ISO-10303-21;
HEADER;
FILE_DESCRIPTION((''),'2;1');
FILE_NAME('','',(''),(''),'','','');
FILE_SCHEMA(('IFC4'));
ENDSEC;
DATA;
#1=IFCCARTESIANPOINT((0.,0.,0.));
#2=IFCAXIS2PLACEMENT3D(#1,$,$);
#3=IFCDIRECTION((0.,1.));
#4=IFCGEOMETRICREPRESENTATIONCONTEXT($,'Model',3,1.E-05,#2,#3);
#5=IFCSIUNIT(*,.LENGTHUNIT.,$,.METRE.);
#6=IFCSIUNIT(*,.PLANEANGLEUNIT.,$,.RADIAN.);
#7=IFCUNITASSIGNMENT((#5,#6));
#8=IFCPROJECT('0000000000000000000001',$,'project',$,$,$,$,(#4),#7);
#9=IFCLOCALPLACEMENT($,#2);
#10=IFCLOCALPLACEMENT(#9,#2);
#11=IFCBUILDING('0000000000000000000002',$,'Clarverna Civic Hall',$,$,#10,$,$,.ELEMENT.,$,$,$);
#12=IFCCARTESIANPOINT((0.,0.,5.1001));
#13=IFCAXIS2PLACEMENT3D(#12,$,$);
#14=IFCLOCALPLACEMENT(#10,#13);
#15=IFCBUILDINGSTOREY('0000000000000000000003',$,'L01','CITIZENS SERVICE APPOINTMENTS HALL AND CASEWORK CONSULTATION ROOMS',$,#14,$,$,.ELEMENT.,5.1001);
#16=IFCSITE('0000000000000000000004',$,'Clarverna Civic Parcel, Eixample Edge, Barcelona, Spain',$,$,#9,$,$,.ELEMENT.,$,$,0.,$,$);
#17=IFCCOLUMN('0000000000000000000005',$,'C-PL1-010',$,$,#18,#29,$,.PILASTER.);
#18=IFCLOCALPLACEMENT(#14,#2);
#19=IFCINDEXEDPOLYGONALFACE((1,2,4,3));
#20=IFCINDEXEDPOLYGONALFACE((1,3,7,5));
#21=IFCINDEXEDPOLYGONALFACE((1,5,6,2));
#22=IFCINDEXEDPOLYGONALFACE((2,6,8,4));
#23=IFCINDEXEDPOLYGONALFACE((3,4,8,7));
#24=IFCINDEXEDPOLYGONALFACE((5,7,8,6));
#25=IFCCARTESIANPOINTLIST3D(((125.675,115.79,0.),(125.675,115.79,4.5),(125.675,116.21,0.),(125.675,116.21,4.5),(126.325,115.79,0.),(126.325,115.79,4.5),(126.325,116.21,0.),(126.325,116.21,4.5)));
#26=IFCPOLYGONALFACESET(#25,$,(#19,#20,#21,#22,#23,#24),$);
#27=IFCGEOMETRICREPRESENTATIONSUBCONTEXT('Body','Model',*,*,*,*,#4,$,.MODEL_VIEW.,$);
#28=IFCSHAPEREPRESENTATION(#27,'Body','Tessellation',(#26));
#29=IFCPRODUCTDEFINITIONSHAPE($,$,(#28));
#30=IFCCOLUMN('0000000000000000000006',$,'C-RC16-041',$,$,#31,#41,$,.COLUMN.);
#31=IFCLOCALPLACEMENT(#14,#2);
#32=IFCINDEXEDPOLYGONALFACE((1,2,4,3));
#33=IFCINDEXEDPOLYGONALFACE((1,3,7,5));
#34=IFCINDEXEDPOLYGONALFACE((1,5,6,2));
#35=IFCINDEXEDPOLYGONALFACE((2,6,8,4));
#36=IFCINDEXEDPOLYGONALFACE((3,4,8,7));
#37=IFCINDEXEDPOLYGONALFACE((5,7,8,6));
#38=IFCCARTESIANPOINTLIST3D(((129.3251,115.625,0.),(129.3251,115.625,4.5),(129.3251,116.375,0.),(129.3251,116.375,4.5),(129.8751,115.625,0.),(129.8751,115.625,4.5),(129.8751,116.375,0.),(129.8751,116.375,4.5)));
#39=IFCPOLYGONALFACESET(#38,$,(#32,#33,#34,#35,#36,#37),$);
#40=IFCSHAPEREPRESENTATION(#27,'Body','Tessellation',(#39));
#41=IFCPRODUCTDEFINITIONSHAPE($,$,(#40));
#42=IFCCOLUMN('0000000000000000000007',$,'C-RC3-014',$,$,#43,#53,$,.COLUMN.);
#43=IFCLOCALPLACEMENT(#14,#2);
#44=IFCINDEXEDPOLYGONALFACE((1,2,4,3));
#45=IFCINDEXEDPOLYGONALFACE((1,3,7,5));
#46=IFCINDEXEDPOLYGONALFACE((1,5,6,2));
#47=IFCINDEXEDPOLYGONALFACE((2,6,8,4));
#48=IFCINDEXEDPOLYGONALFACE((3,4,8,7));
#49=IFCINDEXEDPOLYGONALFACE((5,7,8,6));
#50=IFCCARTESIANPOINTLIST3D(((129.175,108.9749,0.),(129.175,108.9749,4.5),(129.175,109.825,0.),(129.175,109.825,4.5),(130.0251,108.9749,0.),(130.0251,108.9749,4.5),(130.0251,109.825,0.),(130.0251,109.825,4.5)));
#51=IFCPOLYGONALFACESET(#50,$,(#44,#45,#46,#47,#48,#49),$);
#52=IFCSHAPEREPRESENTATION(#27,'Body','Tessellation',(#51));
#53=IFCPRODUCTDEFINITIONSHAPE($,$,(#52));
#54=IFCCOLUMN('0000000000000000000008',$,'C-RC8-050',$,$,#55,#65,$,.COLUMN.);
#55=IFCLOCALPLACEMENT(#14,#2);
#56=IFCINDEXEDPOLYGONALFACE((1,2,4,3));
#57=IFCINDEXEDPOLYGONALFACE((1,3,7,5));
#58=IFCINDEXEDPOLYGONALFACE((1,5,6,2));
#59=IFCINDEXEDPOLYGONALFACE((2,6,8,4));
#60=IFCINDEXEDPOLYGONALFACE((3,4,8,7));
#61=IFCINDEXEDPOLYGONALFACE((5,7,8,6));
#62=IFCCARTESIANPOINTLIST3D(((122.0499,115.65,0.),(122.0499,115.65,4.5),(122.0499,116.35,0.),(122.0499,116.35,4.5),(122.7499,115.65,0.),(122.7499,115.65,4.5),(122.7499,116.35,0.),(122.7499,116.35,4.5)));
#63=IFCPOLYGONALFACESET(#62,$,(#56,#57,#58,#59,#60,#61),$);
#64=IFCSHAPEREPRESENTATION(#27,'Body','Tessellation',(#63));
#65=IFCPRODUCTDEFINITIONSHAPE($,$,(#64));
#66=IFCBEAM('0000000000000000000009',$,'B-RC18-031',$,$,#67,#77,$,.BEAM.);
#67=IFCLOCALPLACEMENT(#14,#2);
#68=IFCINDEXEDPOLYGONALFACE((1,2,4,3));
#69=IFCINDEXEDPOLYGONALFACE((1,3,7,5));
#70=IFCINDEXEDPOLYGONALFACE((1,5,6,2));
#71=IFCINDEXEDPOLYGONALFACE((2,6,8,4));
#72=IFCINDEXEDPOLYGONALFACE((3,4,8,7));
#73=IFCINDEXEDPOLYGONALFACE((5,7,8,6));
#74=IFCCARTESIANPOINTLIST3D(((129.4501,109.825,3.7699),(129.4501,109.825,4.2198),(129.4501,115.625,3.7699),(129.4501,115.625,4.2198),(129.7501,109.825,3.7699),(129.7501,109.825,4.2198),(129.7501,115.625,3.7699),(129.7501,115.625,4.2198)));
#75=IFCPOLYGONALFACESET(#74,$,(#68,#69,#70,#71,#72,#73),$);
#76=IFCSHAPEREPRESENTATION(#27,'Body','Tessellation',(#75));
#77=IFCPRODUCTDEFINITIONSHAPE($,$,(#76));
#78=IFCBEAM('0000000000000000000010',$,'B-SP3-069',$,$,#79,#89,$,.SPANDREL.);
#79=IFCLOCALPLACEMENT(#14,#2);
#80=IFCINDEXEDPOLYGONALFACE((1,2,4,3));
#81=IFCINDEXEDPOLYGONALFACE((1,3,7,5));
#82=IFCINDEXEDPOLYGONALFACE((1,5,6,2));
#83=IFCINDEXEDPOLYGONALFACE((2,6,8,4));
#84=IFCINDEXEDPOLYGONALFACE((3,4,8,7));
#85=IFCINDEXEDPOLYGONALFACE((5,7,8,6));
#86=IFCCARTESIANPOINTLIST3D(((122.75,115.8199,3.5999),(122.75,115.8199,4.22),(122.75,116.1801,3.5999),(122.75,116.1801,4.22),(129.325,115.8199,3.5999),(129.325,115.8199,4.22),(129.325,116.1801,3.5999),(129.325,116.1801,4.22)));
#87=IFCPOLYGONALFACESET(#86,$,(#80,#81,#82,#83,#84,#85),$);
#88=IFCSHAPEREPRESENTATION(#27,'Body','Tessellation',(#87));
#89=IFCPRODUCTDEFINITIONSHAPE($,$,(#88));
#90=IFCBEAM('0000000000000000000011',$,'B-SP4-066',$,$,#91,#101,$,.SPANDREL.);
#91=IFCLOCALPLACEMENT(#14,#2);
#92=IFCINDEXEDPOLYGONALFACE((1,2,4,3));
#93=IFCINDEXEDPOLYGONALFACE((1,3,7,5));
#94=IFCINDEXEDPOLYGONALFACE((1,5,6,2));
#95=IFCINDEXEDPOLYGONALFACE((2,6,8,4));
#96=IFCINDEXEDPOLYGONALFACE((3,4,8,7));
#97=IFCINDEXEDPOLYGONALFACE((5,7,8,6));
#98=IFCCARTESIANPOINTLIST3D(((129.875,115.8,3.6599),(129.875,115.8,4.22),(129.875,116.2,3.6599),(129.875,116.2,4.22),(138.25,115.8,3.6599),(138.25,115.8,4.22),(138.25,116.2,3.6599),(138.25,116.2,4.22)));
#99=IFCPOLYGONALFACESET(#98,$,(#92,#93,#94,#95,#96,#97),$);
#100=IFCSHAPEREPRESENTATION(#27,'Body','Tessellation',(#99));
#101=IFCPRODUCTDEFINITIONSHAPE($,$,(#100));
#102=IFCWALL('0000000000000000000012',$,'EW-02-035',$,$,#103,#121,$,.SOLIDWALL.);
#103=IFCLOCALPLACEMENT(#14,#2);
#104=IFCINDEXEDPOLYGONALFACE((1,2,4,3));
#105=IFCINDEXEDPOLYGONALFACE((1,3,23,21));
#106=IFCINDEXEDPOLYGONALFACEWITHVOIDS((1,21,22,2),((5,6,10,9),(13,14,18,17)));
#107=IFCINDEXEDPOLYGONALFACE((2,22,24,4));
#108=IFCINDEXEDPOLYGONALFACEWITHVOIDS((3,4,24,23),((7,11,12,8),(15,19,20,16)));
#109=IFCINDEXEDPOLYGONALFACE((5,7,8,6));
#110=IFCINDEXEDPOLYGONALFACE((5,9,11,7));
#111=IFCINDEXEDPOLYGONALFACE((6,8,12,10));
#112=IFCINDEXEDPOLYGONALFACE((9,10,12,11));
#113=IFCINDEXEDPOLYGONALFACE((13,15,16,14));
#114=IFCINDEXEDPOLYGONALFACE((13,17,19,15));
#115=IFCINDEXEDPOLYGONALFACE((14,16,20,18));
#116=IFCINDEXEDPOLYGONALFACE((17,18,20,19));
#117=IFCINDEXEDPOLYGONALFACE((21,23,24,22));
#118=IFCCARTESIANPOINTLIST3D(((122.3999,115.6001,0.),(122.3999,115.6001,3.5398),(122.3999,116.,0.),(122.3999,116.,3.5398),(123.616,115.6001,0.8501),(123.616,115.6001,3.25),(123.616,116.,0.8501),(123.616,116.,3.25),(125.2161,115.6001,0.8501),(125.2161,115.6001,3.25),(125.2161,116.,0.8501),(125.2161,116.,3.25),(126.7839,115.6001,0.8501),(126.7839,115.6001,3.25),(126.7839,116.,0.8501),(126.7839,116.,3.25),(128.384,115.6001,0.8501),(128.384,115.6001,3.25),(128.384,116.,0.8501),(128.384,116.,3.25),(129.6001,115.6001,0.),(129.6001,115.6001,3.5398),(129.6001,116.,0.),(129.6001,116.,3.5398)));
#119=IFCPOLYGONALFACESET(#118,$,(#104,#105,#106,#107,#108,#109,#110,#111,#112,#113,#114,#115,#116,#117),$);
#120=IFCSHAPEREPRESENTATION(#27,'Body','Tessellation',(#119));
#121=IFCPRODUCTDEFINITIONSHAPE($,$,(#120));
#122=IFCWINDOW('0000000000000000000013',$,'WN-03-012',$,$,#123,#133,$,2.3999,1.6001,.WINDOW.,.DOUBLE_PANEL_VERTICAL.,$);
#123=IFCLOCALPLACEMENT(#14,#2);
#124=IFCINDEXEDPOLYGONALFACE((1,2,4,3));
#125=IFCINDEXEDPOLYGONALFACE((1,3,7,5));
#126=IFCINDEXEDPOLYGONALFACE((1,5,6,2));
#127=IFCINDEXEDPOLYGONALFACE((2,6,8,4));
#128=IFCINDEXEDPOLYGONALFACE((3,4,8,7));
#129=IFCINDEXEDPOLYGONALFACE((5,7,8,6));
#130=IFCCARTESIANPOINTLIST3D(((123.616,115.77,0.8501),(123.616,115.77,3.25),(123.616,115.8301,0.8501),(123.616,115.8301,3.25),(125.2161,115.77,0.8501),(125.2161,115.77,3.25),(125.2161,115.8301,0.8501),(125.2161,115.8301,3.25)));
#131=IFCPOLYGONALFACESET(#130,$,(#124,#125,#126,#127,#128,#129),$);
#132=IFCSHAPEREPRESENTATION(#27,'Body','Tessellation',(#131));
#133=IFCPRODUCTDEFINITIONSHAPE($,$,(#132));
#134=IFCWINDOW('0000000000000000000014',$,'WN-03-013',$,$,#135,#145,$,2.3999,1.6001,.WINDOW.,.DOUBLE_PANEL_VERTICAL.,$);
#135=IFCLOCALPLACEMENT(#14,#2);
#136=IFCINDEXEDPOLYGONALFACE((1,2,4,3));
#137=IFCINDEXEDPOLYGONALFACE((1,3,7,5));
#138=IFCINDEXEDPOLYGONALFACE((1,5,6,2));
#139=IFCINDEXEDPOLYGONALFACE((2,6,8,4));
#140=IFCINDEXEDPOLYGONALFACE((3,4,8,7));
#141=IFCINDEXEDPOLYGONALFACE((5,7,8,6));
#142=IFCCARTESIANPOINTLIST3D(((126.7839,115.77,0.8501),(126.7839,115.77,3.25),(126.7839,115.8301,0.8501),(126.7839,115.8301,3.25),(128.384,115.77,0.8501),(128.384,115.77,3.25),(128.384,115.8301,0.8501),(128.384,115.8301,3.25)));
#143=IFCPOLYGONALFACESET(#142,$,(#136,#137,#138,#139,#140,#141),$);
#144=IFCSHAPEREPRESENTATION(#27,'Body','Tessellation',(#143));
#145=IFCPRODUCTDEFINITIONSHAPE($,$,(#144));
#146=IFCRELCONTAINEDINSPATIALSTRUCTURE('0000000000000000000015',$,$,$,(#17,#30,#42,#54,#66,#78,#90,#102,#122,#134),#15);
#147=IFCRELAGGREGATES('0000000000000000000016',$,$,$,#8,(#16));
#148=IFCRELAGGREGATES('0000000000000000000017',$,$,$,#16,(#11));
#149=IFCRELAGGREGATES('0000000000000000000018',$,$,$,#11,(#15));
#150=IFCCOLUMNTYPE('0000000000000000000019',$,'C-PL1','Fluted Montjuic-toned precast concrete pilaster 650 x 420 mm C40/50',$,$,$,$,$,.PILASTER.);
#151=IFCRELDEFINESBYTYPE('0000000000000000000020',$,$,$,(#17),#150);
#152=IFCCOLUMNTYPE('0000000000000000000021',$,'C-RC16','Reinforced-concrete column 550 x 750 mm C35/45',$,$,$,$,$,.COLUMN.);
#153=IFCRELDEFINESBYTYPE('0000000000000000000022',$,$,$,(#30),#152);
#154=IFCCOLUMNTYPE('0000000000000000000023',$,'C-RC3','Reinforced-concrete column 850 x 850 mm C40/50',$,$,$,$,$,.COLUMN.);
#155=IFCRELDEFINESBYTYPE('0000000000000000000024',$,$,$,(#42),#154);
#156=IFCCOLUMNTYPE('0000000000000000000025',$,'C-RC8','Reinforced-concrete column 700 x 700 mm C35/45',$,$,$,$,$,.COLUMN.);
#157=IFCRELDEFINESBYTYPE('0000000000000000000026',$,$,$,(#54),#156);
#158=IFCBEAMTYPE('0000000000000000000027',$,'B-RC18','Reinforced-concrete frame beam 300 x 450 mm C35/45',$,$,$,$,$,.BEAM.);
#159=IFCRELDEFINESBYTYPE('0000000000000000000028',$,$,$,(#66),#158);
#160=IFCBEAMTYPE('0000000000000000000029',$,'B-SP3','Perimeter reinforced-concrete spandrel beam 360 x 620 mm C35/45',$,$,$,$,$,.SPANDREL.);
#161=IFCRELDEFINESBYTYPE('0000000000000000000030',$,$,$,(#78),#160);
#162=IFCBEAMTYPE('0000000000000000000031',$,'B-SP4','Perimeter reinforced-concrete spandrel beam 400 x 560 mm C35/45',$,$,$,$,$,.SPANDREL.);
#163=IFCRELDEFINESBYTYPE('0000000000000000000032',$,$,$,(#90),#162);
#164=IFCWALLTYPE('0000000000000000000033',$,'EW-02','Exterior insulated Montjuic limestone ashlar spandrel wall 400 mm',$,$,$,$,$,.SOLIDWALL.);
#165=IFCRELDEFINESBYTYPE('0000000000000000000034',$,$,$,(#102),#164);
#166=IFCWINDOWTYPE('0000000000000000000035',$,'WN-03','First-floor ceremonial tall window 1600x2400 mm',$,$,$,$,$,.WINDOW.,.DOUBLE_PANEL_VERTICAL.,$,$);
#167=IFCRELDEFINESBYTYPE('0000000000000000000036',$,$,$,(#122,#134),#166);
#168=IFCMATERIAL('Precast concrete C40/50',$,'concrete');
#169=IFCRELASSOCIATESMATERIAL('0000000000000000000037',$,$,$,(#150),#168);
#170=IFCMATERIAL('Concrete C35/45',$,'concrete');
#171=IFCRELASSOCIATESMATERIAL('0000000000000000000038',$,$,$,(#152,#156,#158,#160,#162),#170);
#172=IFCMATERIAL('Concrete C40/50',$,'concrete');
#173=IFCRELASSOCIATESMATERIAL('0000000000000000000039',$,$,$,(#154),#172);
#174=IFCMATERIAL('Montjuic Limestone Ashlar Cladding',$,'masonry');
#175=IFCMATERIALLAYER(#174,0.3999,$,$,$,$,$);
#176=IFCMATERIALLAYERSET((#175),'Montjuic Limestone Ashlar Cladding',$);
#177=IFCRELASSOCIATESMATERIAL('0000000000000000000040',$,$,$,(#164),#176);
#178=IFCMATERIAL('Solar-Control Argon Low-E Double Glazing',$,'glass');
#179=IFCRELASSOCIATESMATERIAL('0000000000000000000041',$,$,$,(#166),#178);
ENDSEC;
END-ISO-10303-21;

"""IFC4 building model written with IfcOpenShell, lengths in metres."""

from ifc_helpers import new_model, si_unit, direction, frame, frame_2d, origin, origin_2d, place, context, subcontext, project, spatial, rectangle, extrude, material, layer, layer_set, material_profile, profile_set, type_object, element, fill, save


model = new_model("IFC4")

# Units and contexts
model_context = context("Model", 3, precision=1e-05, world=origin(), true_north=direction((0.0, 1.0)))
body_context = subcontext(model_context, "Body", "Model", "MODEL_VIEW")
ifc_project = project(units=[si_unit("LENGTHUNIT", "METRE"), si_unit("PLANEANGLEUNIT", "RADIAN")], contexts=[model_context])

# Site, building, storey
site_placement = place(None, origin())
site = spatial("IfcSite", under=ifc_project, at=site_placement, Name="Clarverna Civic Parcel, Eixample Edge, Barcelona, Spain", CompositionType="ELEMENT", RefElevation=0.0)
building_placement = place(site_placement, origin())
building = spatial("IfcBuilding", under=site, at=building_placement, Name="Clarverna Civic Hall", CompositionType="ELEMENT")
storey_placement = place(building_placement, frame((0.0, 0.0, 5.1001)))
storey = spatial("IfcBuildingStorey", under=building, at=storey_placement, Name="L01", Description="CITIZENS SERVICE APPOINTMENTS HALL AND CASEWORK CONSULTATION ROOMS", CompositionType="ELEMENT", Elevation=5.1001)

# Columns
ifc_material_1 = material(Name="Precast concrete C40/50", Category="concrete")
ifc_material_profile_1 = material_profile(ifc_material_1, rectangle(XDim=0.6499, YDim=0.4199, at=origin_2d()), Name="PILASTER 650x420")
ifc_profile_set_1 = profile_set([ifc_material_profile_1], Name="Precast concrete C40/50")
column_type_1 = type_object("IfcColumnType", Name="C-PL1", Description="Fluted Montjuic-toned precast concrete pilaster 650 x 420 mm C40/50", PredefinedType="PILASTER", material=ifc_profile_set_1)
column_1_placement = place(storey_placement, frame((126.0, 116.0, 0.0), z_axis=(0.0, 0.0, 1.0), x_axis=(1.0, 0.0, 0.0)))
element("IfcColumn", 1, at=column_1_placement, inside=storey, type_object=column_type_1, Name="C-PL1-010", PredefinedType="PILASTER", context=body_context, shape_type="SweptSolid", body=[
    extrude(rectangle(XDim=0.6499, YDim=0.4199, at=origin_2d()), origin(), (0.0, 0.0, 1.0), 4.5),
])
ifc_material_2 = material(Name="Concrete C35/45", Category="concrete")
ifc_material_profile_2 = material_profile(ifc_material_2, rectangle(XDim=0.55, YDim=0.75, at=origin_2d()), Name="RC 550x750")
ifc_profile_set_2 = profile_set([ifc_material_profile_2], Name="Concrete C35/45")
column_type_2 = type_object("IfcColumnType", Name="C-RC16", Description="Reinforced-concrete column 550 x 750 mm C35/45", PredefinedType="COLUMN", material=ifc_profile_set_2)
column_2_placement = place(storey_placement, frame((129.6001, 116.0, 0.0), z_axis=(0.0, 0.0, 1.0), x_axis=(1.0, 0.0, 0.0)))
element("IfcColumn", 2, at=column_2_placement, inside=storey, type_object=column_type_2, Name="C-RC16-041", PredefinedType="COLUMN", context=body_context, shape_type="SweptSolid", body=[
    extrude(rectangle(XDim=0.55, YDim=0.75, at=origin_2d()), origin(), (0.0, 0.0, 1.0), 4.5),
])
ifc_material_3 = material(Name="Concrete C40/50", Category="concrete")
ifc_material_profile_3 = material_profile(ifc_material_3, rectangle(XDim=0.8501, YDim=0.8501, at=origin_2d()), Name="RC 850x850")
ifc_profile_set_3 = profile_set([ifc_material_profile_3], Name="Concrete C40/50")
column_type_3 = type_object("IfcColumnType", Name="C-RC3", Description="Reinforced-concrete column 850 x 850 mm C40/50", PredefinedType="COLUMN", material=ifc_profile_set_3)
column_3_placement = place(storey_placement, frame((129.6001, 109.3999, 0.0), z_axis=(0.0, 0.0, 1.0), x_axis=(1.0, 0.0, 0.0)))
element("IfcColumn", 3, at=column_3_placement, inside=storey, type_object=column_type_3, Name="C-RC3-014", PredefinedType="COLUMN", context=body_context, shape_type="SweptSolid", body=[
    extrude(rectangle(XDim=0.8501, YDim=0.8501, at=origin_2d()), origin(), (0.0, 0.0, 1.0), 4.5),
])
ifc_material_profile_4 = material_profile(ifc_material_2, rectangle(XDim=0.7, YDim=0.7, at=origin_2d()), Name="RC 700x700")
ifc_profile_set_4 = profile_set([ifc_material_profile_4], Name="Concrete C35/45")
column_type_4 = type_object("IfcColumnType", Name="C-RC8", Description="Reinforced-concrete column 700 x 700 mm C35/45", PredefinedType="COLUMN", material=ifc_profile_set_4)
column_4_placement = place(storey_placement, frame((122.3999, 116.0, 0.0), z_axis=(0.0, 0.0, 1.0), x_axis=(1.0, 0.0, 0.0)))
element("IfcColumn", 4, at=column_4_placement, inside=storey, type_object=column_type_4, Name="C-RC8-050", PredefinedType="COLUMN", context=body_context, shape_type="SweptSolid", body=[
    extrude(rectangle(XDim=0.7, YDim=0.7, at=origin_2d()), origin(), (0.0, 0.0, 1.0), 4.5),
])

# Beams
ifc_material_profile_5 = material_profile(ifc_material_2, rectangle(XDim=0.3, YDim=0.45, at=origin_2d()), Name="RC 300x450")
ifc_profile_set_5 = profile_set([ifc_material_profile_5], Name="Concrete C35/45")
beam_type_1 = type_object("IfcBeamType", Name="B-RC18", Description="Reinforced-concrete frame beam 300 x 450 mm C35/45", PredefinedType="BEAM", material=ifc_profile_set_5)
beam_1_placement = place(storey_placement, frame((129.6001, 109.825, 3.9949), z_axis=(0.0, 1.0, 0.0), x_axis=(-1.0, 0.0, 0.0)))
element("IfcBeam", 5, at=beam_1_placement, inside=storey, type_object=beam_type_1, Name="B-RC18-031", PredefinedType="BEAM", context=body_context, shape_type="SweptSolid", body=[
    extrude(rectangle(XDim=0.3, YDim=0.45, at=origin_2d()), origin(), (0.0, 0.0, 1.0), 5.8),
])
ifc_material_profile_6 = material_profile(ifc_material_2, rectangle(XDim=0.3601, YDim=0.6201, at=origin_2d()), Name="RC 360x620")
ifc_profile_set_6 = profile_set([ifc_material_profile_6], Name="Concrete C35/45")
beam_type_2 = type_object("IfcBeamType", Name="B-SP3", Description="Perimeter reinforced-concrete spandrel beam 360 x 620 mm C35/45", PredefinedType="SPANDREL", material=ifc_profile_set_6)
beam_2_placement = place(storey_placement, frame((122.75, 116.0, 3.9099), z_axis=(1.0, 0.0, 0.0), x_axis=(0.0, 1.0, 0.0)))
element("IfcBeam", 6, at=beam_2_placement, inside=storey, type_object=beam_type_2, Name="B-SP3-069", PredefinedType="SPANDREL", context=body_context, shape_type="SweptSolid", body=[
    extrude(rectangle(XDim=0.3601, YDim=0.6201, at=origin_2d()), origin(), (0.0, 0.0, 1.0), 6.575),
])
ifc_material_profile_7 = material_profile(ifc_material_2, rectangle(XDim=0.3999, YDim=0.5601, at=origin_2d()), Name="RC 400x560")
ifc_profile_set_7 = profile_set([ifc_material_profile_7], Name="Concrete C35/45")
beam_type_3 = type_object("IfcBeamType", Name="B-SP4", Description="Perimeter reinforced-concrete spandrel beam 400 x 560 mm C35/45", PredefinedType="SPANDREL", material=ifc_profile_set_7)
beam_3_placement = place(storey_placement, frame((129.875, 116.0, 3.9399), z_axis=(1.0, 0.0, 0.0), x_axis=(0.0, 1.0, 0.0)))
element("IfcBeam", 7, at=beam_3_placement, inside=storey, type_object=beam_type_3, Name="B-SP4-066", PredefinedType="SPANDREL", context=body_context, shape_type="SweptSolid", body=[
    extrude(rectangle(XDim=0.3999, YDim=0.5601, at=origin_2d()), origin(), (0.0, 0.0, 1.0), 8.375),
])

# Wall, openings, windows
ifc_material_4 = material(Name="Montjuic Limestone Ashlar Cladding", Category="masonry")
ifc_layer_1 = layer(ifc_material_4, 0.3999)
ifc_layer_set_1 = layer_set([ifc_layer_1], Name="Montjuic Limestone Ashlar Cladding")
wall_type = type_object("IfcWallType", Name="EW-02", Description="Exterior insulated Montjuic limestone ashlar spandrel wall 400 mm", PredefinedType="SOLIDWALL", material=ifc_layer_set_1)
wall_1_placement = place(storey_placement, frame((122.3999, 115.8, 0.0), z_axis=(0.0, 0.0, 1.0), x_axis=(1.0, 0.0, 0.0)))
wall_1 = element("IfcWall", 8, at=wall_1_placement, inside=storey, type_object=wall_type, Name="EW-02-035", PredefinedType="SOLIDWALL", context=body_context, shape_type="SweptSolid", body=[
    extrude(rectangle(XDim=7.2002, YDim=0.3999, at=frame_2d((3.6001, 0.0))), origin(), (0.0, 0.0, 1.0), 3.5398),
])
opening_1_placement = place(wall_1_placement, frame((1.2161, 0.0, 0.8501)))
opening_1 = element("IfcOpeningElement", 9, at=opening_1_placement, cuts=wall_1, PredefinedType="OPENING", context=body_context, shape_type="SweptSolid", body=[
    extrude(rectangle(XDim=1.6001, YDim=2.3999, at=frame_2d((0.8, 1.2))), frame((0.0, 0.21, 0.0), z_axis=(0.0, -1.0, 0.0), x_axis=(1.0, 0.0, 0.0)), (0.0, 0.0, 1.0), 0.4199),
])
opening_2_placement = place(wall_1_placement, frame((4.384, 0.0, 0.8501)))
opening_2 = element("IfcOpeningElement", 10, at=opening_2_placement, cuts=wall_1, PredefinedType="OPENING", context=body_context, shape_type="SweptSolid", body=[
    extrude(rectangle(XDim=1.6001, YDim=2.3999, at=frame_2d((0.8, 1.2))), frame((0.0, 0.21, 0.0), z_axis=(0.0, -1.0, 0.0), x_axis=(1.0, 0.0, 0.0)), (0.0, 0.0, 1.0), 0.4199),
])
ifc_material_5 = material(Name="Solar-Control Argon Low-E Double Glazing", Category="glass")
window_type_1 = type_object("IfcWindowType", Name="WN-03", Description="First-floor ceremonial tall window 1600x2400 mm", PartitioningType="DOUBLE_PANEL_VERTICAL", PredefinedType="WINDOW", material=ifc_material_5)
window_1_placement = place(opening_1_placement, origin())
window_1 = element("IfcWindow", 11, at=window_1_placement, inside=storey, type_object=window_type_1, Name="WN-03-012", OverallHeight=2.3999, OverallWidth=1.6001, PartitioningType="DOUBLE_PANEL_VERTICAL", PredefinedType="WINDOW", context=body_context, shape_type="SweptSolid", body=[
    extrude(rectangle(XDim=1.6001, YDim=2.3999, at=frame_2d((0.8, 1.2))), frame((0.0, 0.03, 0.0), z_axis=(0.0, -1.0, 0.0), x_axis=(1.0, 0.0, 0.0)), (0.0, 0.0, 1.0), 0.0601),
])
fill(opening_1, window_1)
window_2_placement = place(opening_2_placement, origin())
window_2 = element("IfcWindow", 12, at=window_2_placement, inside=storey, type_object=window_type_1, Name="WN-03-013", OverallHeight=2.3999, OverallWidth=1.6001, PartitioningType="DOUBLE_PANEL_VERTICAL", PredefinedType="WINDOW", context=body_context, shape_type="SweptSolid", body=[
    extrude(rectangle(XDim=1.6001, YDim=2.3999, at=frame_2d((0.8, 1.2))), frame((0.0, 0.03, 0.0), z_axis=(0.0, -1.0, 0.0), x_axis=(1.0, 0.0, 0.0)), (0.0, 0.0, 1.0), 0.0601),
])
fill(opening_2, window_2)

save(model, "model.ifc")
